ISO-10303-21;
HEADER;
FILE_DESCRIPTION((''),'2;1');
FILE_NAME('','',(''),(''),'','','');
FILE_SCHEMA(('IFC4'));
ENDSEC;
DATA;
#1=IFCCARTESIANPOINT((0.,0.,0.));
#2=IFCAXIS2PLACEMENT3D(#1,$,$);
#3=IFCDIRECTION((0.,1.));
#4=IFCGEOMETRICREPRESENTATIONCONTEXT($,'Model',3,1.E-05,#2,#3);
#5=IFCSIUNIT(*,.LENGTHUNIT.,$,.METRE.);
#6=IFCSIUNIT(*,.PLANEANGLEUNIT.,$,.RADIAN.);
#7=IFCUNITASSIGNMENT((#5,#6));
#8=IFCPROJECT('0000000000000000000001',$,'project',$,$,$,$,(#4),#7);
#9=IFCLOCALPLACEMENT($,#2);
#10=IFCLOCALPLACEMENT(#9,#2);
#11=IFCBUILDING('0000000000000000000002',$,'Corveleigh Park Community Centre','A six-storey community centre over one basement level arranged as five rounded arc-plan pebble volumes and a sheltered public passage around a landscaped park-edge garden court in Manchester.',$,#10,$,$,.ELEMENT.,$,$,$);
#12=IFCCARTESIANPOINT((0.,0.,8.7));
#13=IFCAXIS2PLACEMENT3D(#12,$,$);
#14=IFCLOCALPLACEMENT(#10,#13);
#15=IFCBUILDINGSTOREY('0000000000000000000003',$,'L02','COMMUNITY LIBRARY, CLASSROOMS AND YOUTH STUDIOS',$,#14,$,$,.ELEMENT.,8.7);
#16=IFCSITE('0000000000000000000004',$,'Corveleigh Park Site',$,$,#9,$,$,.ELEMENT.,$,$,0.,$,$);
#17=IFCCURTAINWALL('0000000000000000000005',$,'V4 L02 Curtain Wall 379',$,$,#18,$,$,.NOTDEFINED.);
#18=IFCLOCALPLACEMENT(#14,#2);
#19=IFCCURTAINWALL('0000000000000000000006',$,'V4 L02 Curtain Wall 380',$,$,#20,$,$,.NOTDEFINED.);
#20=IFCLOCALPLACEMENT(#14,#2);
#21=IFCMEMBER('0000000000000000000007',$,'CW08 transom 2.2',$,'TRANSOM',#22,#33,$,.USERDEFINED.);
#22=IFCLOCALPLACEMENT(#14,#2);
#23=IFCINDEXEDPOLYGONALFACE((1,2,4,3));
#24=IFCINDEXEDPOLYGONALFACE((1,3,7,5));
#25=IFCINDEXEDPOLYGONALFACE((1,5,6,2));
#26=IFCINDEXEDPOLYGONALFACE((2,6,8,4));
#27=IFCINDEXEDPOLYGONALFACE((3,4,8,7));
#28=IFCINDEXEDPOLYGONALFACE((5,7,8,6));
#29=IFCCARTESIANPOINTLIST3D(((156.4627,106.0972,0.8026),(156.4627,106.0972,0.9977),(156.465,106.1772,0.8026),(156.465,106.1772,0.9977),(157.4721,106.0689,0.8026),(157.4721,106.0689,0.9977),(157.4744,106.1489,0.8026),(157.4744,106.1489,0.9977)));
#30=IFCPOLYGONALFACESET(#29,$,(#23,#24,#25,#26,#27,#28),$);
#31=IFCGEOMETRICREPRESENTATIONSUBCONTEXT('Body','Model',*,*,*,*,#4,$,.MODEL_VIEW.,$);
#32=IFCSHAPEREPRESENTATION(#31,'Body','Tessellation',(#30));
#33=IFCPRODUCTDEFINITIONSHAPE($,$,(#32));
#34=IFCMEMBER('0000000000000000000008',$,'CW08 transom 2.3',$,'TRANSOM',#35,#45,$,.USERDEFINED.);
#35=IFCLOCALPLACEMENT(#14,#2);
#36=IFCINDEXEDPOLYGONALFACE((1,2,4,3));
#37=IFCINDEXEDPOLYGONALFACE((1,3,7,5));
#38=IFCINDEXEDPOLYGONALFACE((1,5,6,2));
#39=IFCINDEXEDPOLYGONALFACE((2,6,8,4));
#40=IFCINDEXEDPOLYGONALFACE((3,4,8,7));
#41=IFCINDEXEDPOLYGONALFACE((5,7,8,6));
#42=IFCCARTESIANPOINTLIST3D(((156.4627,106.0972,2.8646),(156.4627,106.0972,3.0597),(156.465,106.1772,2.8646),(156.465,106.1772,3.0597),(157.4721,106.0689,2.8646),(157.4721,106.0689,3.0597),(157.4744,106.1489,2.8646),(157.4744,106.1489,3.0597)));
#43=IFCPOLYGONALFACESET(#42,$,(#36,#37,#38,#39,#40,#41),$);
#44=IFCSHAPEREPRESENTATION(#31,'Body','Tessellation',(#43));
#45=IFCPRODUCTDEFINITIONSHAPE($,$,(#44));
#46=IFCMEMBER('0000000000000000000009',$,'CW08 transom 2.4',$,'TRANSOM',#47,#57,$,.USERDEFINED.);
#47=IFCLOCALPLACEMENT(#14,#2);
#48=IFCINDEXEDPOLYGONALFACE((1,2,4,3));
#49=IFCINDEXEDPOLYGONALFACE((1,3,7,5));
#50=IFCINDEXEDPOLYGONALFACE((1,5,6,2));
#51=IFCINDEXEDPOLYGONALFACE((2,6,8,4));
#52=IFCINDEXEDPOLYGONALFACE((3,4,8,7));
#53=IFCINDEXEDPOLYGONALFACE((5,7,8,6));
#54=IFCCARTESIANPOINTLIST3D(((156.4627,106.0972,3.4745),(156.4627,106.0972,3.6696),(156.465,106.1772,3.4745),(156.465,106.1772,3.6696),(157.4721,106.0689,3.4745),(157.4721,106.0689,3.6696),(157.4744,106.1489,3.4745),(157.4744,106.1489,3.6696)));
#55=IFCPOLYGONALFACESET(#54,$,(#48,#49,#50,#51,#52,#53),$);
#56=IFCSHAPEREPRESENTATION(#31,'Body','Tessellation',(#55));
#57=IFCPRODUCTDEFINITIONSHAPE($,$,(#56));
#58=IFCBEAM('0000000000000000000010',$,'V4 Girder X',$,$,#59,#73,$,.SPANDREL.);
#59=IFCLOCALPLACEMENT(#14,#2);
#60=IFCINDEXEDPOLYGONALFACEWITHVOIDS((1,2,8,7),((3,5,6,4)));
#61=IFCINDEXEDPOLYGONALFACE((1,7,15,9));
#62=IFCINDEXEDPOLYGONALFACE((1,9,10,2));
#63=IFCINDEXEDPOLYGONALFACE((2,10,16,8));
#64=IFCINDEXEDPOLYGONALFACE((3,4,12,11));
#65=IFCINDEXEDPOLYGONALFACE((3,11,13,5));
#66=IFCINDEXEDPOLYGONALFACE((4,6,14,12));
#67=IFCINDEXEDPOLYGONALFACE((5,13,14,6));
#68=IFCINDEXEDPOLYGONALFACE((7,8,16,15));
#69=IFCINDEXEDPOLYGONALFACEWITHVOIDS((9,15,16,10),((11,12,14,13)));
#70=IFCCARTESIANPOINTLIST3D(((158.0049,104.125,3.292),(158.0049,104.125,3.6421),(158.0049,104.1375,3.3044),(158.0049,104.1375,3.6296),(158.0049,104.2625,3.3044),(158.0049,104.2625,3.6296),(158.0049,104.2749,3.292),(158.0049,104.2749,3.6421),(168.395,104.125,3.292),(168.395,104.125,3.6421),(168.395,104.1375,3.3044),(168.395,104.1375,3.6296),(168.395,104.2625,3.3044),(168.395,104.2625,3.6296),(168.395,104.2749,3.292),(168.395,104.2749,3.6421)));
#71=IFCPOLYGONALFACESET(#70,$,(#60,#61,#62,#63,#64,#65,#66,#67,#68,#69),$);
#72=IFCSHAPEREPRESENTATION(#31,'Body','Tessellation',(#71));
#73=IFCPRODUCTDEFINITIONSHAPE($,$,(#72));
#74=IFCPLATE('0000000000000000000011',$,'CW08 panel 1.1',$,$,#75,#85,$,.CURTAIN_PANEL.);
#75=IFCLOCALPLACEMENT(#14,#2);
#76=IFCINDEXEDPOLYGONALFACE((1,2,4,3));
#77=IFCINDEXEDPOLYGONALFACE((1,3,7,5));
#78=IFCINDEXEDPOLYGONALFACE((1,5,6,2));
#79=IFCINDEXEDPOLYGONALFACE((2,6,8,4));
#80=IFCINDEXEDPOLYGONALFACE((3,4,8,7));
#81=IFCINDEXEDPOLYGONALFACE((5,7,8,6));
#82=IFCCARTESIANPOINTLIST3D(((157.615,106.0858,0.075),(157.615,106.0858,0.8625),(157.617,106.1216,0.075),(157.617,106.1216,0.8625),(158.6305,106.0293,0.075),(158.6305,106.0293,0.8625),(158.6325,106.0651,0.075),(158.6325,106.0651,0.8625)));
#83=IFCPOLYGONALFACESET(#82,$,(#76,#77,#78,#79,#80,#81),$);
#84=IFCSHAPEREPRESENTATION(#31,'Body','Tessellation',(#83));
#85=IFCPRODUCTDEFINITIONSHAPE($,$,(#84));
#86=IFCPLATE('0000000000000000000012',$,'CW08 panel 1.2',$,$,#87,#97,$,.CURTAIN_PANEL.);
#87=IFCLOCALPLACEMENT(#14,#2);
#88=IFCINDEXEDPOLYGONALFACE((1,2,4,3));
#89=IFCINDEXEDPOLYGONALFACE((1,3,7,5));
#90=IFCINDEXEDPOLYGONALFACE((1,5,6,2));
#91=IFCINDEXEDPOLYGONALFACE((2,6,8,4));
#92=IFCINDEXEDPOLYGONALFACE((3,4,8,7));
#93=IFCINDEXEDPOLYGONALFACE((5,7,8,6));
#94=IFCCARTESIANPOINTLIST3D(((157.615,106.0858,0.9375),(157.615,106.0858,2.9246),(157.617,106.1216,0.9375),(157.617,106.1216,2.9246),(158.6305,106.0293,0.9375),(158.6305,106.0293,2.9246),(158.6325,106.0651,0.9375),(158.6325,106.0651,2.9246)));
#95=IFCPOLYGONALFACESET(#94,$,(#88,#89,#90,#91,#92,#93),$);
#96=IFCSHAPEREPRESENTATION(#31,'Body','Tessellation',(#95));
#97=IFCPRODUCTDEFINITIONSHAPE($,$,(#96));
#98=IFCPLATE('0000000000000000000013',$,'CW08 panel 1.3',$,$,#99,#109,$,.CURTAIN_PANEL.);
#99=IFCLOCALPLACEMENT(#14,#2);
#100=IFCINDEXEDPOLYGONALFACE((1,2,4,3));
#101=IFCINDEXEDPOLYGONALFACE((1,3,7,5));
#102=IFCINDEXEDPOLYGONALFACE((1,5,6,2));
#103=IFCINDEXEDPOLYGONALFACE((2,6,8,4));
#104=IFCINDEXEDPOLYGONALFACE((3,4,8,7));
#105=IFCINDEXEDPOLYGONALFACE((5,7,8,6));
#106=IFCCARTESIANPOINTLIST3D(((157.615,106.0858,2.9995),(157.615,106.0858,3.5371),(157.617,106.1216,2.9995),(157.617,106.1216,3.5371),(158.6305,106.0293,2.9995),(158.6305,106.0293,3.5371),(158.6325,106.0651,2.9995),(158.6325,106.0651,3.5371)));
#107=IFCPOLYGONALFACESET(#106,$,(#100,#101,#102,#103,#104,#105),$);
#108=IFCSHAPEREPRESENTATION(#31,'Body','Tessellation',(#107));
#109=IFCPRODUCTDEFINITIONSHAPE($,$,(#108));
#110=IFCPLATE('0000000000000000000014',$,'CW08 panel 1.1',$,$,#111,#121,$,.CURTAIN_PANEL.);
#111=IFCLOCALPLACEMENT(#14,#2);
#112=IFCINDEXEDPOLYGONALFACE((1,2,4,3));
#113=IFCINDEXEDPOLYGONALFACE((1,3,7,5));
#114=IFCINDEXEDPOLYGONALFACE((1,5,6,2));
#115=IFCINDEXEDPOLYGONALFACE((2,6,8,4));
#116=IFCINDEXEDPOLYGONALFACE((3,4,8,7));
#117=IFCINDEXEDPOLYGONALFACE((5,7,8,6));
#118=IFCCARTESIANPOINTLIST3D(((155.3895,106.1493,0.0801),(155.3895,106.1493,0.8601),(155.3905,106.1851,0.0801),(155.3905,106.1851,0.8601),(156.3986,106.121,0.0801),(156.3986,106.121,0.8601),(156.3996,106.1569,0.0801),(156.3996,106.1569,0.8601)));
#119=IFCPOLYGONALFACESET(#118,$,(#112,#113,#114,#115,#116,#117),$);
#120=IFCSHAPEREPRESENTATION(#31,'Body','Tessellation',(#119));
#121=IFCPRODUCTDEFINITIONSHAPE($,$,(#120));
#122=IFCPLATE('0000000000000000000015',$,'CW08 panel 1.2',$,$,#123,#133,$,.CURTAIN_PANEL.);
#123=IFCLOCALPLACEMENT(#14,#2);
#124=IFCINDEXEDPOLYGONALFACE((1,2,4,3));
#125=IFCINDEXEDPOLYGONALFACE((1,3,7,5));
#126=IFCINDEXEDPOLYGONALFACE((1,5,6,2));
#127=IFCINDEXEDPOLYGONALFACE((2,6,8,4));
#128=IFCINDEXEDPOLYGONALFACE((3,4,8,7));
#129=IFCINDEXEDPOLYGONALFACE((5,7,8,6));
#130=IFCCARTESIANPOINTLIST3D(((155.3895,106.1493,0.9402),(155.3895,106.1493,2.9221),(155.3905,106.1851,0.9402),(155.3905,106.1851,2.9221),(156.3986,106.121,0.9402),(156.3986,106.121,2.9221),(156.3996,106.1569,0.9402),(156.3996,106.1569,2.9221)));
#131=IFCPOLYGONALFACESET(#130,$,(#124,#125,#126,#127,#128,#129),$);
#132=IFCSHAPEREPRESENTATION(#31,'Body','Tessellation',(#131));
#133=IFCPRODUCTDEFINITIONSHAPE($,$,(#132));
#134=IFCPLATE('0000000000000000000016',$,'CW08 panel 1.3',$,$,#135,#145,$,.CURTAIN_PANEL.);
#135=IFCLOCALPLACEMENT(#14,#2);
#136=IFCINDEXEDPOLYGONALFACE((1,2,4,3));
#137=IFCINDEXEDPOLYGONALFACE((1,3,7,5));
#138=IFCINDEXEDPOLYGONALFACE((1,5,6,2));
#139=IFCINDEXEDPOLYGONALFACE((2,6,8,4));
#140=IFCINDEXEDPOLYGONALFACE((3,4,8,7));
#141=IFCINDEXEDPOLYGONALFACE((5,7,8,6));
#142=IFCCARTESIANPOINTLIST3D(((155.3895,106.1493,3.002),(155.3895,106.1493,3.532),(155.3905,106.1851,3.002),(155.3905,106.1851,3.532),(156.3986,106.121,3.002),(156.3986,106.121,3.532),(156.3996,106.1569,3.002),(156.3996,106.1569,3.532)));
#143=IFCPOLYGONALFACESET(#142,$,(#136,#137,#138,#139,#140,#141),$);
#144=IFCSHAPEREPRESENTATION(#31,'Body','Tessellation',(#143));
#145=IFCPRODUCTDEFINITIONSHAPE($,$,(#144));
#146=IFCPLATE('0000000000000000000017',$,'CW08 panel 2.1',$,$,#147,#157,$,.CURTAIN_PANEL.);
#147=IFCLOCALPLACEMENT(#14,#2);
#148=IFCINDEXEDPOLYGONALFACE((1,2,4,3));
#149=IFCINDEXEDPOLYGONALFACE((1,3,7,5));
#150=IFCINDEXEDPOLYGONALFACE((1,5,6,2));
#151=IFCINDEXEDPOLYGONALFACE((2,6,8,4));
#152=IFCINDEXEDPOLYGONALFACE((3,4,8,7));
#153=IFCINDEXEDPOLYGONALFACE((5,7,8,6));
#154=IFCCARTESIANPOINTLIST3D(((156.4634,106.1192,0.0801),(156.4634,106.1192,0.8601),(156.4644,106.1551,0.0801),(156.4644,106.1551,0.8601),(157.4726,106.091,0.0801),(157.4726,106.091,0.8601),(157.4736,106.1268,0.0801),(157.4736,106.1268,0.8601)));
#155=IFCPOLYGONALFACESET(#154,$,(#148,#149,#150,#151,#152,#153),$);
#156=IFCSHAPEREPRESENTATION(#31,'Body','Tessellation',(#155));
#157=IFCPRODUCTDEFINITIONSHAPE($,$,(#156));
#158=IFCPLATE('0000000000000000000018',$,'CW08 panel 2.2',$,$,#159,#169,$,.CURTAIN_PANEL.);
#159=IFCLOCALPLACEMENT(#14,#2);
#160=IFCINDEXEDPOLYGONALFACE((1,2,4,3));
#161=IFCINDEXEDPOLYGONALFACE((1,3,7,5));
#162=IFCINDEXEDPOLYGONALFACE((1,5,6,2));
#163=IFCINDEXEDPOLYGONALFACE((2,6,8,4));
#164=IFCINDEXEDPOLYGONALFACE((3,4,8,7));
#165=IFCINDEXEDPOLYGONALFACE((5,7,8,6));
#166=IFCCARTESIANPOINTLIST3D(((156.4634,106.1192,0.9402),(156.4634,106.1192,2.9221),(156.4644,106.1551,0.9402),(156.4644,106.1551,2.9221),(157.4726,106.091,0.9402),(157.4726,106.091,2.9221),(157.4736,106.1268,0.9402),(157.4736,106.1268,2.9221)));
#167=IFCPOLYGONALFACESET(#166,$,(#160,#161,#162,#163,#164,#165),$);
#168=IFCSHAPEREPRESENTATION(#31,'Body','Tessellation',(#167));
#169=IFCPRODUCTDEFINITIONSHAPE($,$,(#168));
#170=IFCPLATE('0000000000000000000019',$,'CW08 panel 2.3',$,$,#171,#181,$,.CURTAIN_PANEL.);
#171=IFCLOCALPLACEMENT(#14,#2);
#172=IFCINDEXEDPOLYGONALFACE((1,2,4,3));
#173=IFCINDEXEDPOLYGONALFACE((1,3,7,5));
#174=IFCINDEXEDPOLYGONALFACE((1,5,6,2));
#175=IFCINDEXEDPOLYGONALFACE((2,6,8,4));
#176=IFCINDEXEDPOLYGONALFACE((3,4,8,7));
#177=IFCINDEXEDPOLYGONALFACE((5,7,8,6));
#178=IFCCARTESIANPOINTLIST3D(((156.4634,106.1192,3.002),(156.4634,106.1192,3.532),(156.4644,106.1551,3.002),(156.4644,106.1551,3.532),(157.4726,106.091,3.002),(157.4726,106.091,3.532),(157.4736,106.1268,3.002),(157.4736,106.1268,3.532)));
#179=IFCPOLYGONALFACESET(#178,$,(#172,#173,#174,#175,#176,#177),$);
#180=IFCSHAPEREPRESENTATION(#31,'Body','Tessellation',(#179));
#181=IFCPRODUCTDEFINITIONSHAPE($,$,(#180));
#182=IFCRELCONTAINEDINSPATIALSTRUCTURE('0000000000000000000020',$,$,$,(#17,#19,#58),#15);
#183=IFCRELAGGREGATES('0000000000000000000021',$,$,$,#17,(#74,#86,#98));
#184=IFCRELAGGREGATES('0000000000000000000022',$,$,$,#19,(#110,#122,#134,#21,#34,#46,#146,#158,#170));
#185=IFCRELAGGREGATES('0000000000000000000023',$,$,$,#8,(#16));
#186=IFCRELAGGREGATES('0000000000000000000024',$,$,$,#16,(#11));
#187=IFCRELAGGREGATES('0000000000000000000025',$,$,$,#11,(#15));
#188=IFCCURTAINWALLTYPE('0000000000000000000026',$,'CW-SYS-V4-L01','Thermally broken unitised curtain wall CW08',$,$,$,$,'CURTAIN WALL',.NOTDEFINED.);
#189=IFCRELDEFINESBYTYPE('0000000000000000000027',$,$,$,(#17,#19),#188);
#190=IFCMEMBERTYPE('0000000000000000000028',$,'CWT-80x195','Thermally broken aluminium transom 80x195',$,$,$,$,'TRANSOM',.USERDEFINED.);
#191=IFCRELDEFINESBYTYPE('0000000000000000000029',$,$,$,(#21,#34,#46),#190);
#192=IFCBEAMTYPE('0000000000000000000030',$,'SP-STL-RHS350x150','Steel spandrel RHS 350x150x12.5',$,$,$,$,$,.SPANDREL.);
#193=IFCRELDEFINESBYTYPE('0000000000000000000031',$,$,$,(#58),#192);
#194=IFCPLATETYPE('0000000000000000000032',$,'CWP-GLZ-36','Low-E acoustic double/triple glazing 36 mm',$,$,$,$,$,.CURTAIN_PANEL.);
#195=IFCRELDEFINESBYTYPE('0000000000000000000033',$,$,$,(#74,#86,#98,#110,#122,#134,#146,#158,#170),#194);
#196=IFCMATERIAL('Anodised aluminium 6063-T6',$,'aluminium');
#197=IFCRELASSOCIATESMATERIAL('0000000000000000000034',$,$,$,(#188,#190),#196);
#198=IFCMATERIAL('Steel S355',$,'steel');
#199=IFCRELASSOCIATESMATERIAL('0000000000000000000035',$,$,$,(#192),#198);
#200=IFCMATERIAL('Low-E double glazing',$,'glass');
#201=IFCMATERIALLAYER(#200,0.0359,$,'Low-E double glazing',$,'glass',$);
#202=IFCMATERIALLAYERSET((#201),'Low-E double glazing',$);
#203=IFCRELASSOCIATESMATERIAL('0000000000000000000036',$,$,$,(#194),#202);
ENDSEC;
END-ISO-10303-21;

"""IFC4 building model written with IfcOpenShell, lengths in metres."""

from ifc_helpers import new_model, si_unit, direction, frame, origin, origin_2d, place, context, subcontext, project, spatial, rectangle, hollow_rectangle, extrude, material, layer, layer_set, material_profile, profile_set, type_object, element, aggregate, save


model = new_model("IFC4")

# Units and contexts
model_context = context("Model", 3, precision=1e-05, world=origin(), true_north=direction((0.0, 1.0)))
body_context = subcontext(model_context, "Body", "Model", "MODEL_VIEW")
ifc_project = project(units=[si_unit("LENGTHUNIT", "METRE"), si_unit("PLANEANGLEUNIT", "RADIAN")], contexts=[model_context])

# Site, building, storey
site_placement = place(None, origin())
site = spatial("IfcSite", under=ifc_project, at=site_placement, Name="Corveleigh Park Site", CompositionType="ELEMENT", RefElevation=0.0)
building_placement = place(site_placement, origin())
building = spatial("IfcBuilding", under=site, at=building_placement, Name="Corveleigh Park Community Centre", Description="A six-storey community centre over one basement level arranged as five rounded arc-plan pebble volumes and a sheltered public passage around a landscaped park-edge garden court in Manchester.", CompositionType="ELEMENT")
storey_placement = place(building_placement, frame((0.0, 0.0, 8.7)))
storey = spatial("IfcBuildingStorey", under=building, at=storey_placement, Name="L02", Description="COMMUNITY LIBRARY, CLASSROOMS AND YOUTH STUDIOS", CompositionType="ELEMENT", Elevation=8.7)

# Curtain walls
ifc_material_1 = material(Name="Anodised aluminium 6063-T6", Category="aluminium")
curtain_wall_type = type_object("IfcCurtainWallType", Name="CW-SYS-V4-L01", Description="Thermally broken unitised curtain wall CW08", ElementType="CURTAIN WALL", PredefinedType="NOTDEFINED", material=ifc_material_1)
curtain_wall_1_placement = place(storey_placement, origin())
curtain_wall_1 = element("IfcCurtainWall", 1, at=curtain_wall_1_placement, inside=storey, type_object=curtain_wall_type, Name="V4 L02 Curtain Wall 379", PredefinedType="NOTDEFINED")
curtain_wall_2_placement = place(storey_placement, origin())
curtain_wall_2 = element("IfcCurtainWall", 2, at=curtain_wall_2_placement, inside=storey, type_object=curtain_wall_type, Name="V4 L02 Curtain Wall 380", PredefinedType="NOTDEFINED")

# Members
ifc_material_profile_1 = material_profile(ifc_material_1, rectangle(XDim=0.0801, YDim=0.1951, at=origin_2d()), Name="ALU-T80x195", Category="aluminium")
ifc_profile_set_1 = profile_set([ifc_material_profile_1], Name="Anodised aluminium 6063-T6")
member_type_1 = type_object("IfcMemberType", Name="CWT-80x195", Description="Thermally broken aluminium transom 80x195", ElementType="TRANSOM", PredefinedType="USERDEFINED", material=ifc_profile_set_1)
member_1_placement = place(storey_placement, frame((156.4639, 106.1372, 0.9001), z_axis=(0.999607, -0.028049, 0.0), x_axis=(0.028049, 0.999607, 0.0)))
member_1 = element("IfcMember", 3, at=member_1_placement, type_object=member_type_1, Name="CW08 transom 2.2", ObjectType="TRANSOM", PredefinedType="USERDEFINED", context=body_context, shape_type="SweptSolid", body=[
    extrude(rectangle(XDim=0.0801, YDim=0.1951, at=origin_2d()), origin(), (0.0, 0.0, 1.0), 1.0098),
])
member_2_placement = place(storey_placement, frame((156.4639, 106.1372, 2.9622), z_axis=(0.999607, -0.028049, 0.0), x_axis=(0.028049, 0.999607, 0.0)))
member_2 = element("IfcMember", 4, at=member_2_placement, type_object=member_type_1, Name="CW08 transom 2.3", ObjectType="TRANSOM", PredefinedType="USERDEFINED", context=body_context, shape_type="SweptSolid", body=[
    extrude(rectangle(XDim=0.0801, YDim=0.1951, at=origin_2d()), origin(), (0.0, 0.0, 1.0), 1.0098),
])
member_3_placement = place(storey_placement, frame((156.4639, 106.1372, 3.572), z_axis=(0.999607, -0.028049, 0.0), x_axis=(0.028049, 0.999607, 0.0)))
member_3 = element("IfcMember", 5, at=member_3_placement, type_object=member_type_1, Name="CW08 transom 2.4", ObjectType="TRANSOM", PredefinedType="USERDEFINED", context=body_context, shape_type="SweptSolid", body=[
    extrude(rectangle(XDim=0.0801, YDim=0.1951, at=origin_2d()), origin(), (0.0, 0.0, 1.0), 1.0098),
])

# Beam
ifc_material_2 = material(Name="Steel S355", Category="steel")
ifc_material_profile_2 = material_profile(ifc_material_2, hollow_rectangle(XDim=0.1499, YDim=0.3501, WallThickness=0.0125, at=origin_2d()), Name="RHS 350x150x12.5", Category="steel")
ifc_profile_set_2 = profile_set([ifc_material_profile_2], Name="Steel S355")
beam_type = type_object("IfcBeamType", Name="SP-STL-RHS350x150", Description="Steel spandrel RHS 350x150x12.5", PredefinedType="SPANDREL", material=ifc_profile_set_2)
beam_placement = place(storey_placement, frame((158.0049, 104.2, 3.467), z_axis=(1.0, 0.0, 0.0), x_axis=(0.0, 1.0, 0.0)))
element("IfcBeam", 6, at=beam_placement, inside=storey, type_object=beam_type, Name="V4 Girder X", PredefinedType="SPANDREL", context=body_context, shape_type="SweptSolid", body=[
    extrude(hollow_rectangle(XDim=0.1499, YDim=0.3501, WallThickness=0.0125, at=origin_2d()), origin(), (0.0, 0.0, 1.0), 10.3901),
])

# Plates
ifc_material_3 = material(Name="Low-E double glazing", Category="glass")
ifc_layer_1 = layer(ifc_material_3, 0.0359, Name="Low-E double glazing", Category="glass")
ifc_layer_set_1 = layer_set([ifc_layer_1], Name="Low-E double glazing")
plate_type = type_object("IfcPlateType", Name="CWP-GLZ-36", Description="Low-E acoustic double/triple glazing 36 mm", PredefinedType="CURTAIN_PANEL", material=ifc_layer_set_1)
plate_1_placement = place(storey_placement, frame((158.1238, 106.0754, 0.075), z_axis=(0.0, 0.0, 1.0), x_axis=(0.998456, -0.055545, 0.0)))
plate_1 = element("IfcPlate", 7, at=plate_1_placement, type_object=plate_type, Name="CW08 panel 1.1", PredefinedType="CURTAIN_PANEL", context=body_context, shape_type="SweptSolid", body=[
    extrude(rectangle(XDim=1.0171, YDim=0.0359, at=origin_2d()), origin(), (0.0, 0.0, 1.0), 0.7876),
])
plate_2_placement = place(storey_placement, frame((158.1238, 106.0754, 0.9375), z_axis=(0.0, 0.0, 1.0), x_axis=(0.998456, -0.055545, 0.0)))
plate_2 = element("IfcPlate", 8, at=plate_2_placement, type_object=plate_type, Name="CW08 panel 1.2", PredefinedType="CURTAIN_PANEL", context=body_context, shape_type="SweptSolid", body=[
    extrude(rectangle(XDim=1.0171, YDim=0.0359, at=origin_2d()), origin(), (0.0, 0.0, 1.0), 1.9871),
])
plate_3_placement = place(storey_placement, frame((158.1238, 106.0754, 2.9995), z_axis=(0.0, 0.0, 1.0), x_axis=(0.998456, -0.055545, 0.0)))
plate_3 = element("IfcPlate", 9, at=plate_3_placement, type_object=plate_type, Name="CW08 panel 1.3", PredefinedType="CURTAIN_PANEL", context=body_context, shape_type="SweptSolid", body=[
    extrude(rectangle(XDim=1.0171, YDim=0.0359, at=origin_2d()), origin(), (0.0, 0.0, 1.0), 0.5376),
])
aggregate(curtain_wall_1, [plate_1, plate_2, plate_3])
plate_4_placement = place(storey_placement, frame((155.8945, 106.1531, 0.0801), z_axis=(0.0, 0.0, 1.0), x_axis=(0.999608, -0.028005, 0.0)))
plate_4 = element("IfcPlate", 10, at=plate_4_placement, type_object=plate_type, Name="CW08 panel 1.1", PredefinedType="CURTAIN_PANEL", context=body_context, shape_type="SweptSolid", body=[
    extrude(rectangle(XDim=1.0095, YDim=0.0359, at=origin_2d()), origin(), (0.0, 0.0, 1.0), 0.78),
])
plate_5_placement = place(storey_placement, frame((155.8945, 106.1531, 0.9402), z_axis=(0.0, 0.0, 1.0), x_axis=(0.999608, -0.028005, 0.0)))
plate_5 = element("IfcPlate", 11, at=plate_5_placement, type_object=plate_type, Name="CW08 panel 1.2", PredefinedType="CURTAIN_PANEL", context=body_context, shape_type="SweptSolid", body=[
    extrude(rectangle(XDim=1.0095, YDim=0.0359, at=origin_2d()), origin(), (0.0, 0.0, 1.0), 1.9819),
])
plate_6_placement = place(storey_placement, frame((155.8945, 106.1531, 3.002), z_axis=(0.0, 0.0, 1.0), x_axis=(0.999608, -0.028005, 0.0)))
plate_6 = element("IfcPlate", 12, at=plate_6_placement, type_object=plate_type, Name="CW08 panel 1.3", PredefinedType="CURTAIN_PANEL", context=body_context, shape_type="SweptSolid", body=[
    extrude(rectangle(XDim=1.0095, YDim=0.0359, at=origin_2d()), origin(), (0.0, 0.0, 1.0), 0.53),
])
plate_7_placement = place(storey_placement, frame((156.9685, 106.123, 0.0801), z_axis=(0.0, 0.0, 1.0), x_axis=(0.999608, -0.028005, 0.0)))
plate_7 = element("IfcPlate", 13, at=plate_7_placement, type_object=plate_type, Name="CW08 panel 2.1", PredefinedType="CURTAIN_PANEL", context=body_context, shape_type="SweptSolid", body=[
    extrude(rectangle(XDim=1.0095, YDim=0.0359, at=origin_2d()), origin(), (0.0, 0.0, 1.0), 0.78),
])
plate_8_placement = place(storey_placement, frame((156.9685, 106.123, 0.9402), z_axis=(0.0, 0.0, 1.0), x_axis=(0.999608, -0.028005, 0.0)))
plate_8 = element("IfcPlate", 14, at=plate_8_placement, type_object=plate_type, Name="CW08 panel 2.2", PredefinedType="CURTAIN_PANEL", context=body_context, shape_type="SweptSolid", body=[
    extrude(rectangle(XDim=1.0095, YDim=0.0359, at=origin_2d()), origin(), (0.0, 0.0, 1.0), 1.9819),
])
plate_9_placement = place(storey_placement, frame((156.9685, 106.123, 3.002), z_axis=(0.0, 0.0, 1.0), x_axis=(0.999608, -0.028005, 0.0)))
plate_9 = element("IfcPlate", 15, at=plate_9_placement, type_object=plate_type, Name="CW08 panel 2.3", PredefinedType="CURTAIN_PANEL", context=body_context, shape_type="SweptSolid", body=[
    extrude(rectangle(XDim=1.0095, YDim=0.0359, at=origin_2d()), origin(), (0.0, 0.0, 1.0), 0.53),
])
aggregate(curtain_wall_2, [plate_4, plate_5, plate_6, member_1, member_2, member_3, plate_7, plate_8, plate_9])

save(model, "model.ifc")
